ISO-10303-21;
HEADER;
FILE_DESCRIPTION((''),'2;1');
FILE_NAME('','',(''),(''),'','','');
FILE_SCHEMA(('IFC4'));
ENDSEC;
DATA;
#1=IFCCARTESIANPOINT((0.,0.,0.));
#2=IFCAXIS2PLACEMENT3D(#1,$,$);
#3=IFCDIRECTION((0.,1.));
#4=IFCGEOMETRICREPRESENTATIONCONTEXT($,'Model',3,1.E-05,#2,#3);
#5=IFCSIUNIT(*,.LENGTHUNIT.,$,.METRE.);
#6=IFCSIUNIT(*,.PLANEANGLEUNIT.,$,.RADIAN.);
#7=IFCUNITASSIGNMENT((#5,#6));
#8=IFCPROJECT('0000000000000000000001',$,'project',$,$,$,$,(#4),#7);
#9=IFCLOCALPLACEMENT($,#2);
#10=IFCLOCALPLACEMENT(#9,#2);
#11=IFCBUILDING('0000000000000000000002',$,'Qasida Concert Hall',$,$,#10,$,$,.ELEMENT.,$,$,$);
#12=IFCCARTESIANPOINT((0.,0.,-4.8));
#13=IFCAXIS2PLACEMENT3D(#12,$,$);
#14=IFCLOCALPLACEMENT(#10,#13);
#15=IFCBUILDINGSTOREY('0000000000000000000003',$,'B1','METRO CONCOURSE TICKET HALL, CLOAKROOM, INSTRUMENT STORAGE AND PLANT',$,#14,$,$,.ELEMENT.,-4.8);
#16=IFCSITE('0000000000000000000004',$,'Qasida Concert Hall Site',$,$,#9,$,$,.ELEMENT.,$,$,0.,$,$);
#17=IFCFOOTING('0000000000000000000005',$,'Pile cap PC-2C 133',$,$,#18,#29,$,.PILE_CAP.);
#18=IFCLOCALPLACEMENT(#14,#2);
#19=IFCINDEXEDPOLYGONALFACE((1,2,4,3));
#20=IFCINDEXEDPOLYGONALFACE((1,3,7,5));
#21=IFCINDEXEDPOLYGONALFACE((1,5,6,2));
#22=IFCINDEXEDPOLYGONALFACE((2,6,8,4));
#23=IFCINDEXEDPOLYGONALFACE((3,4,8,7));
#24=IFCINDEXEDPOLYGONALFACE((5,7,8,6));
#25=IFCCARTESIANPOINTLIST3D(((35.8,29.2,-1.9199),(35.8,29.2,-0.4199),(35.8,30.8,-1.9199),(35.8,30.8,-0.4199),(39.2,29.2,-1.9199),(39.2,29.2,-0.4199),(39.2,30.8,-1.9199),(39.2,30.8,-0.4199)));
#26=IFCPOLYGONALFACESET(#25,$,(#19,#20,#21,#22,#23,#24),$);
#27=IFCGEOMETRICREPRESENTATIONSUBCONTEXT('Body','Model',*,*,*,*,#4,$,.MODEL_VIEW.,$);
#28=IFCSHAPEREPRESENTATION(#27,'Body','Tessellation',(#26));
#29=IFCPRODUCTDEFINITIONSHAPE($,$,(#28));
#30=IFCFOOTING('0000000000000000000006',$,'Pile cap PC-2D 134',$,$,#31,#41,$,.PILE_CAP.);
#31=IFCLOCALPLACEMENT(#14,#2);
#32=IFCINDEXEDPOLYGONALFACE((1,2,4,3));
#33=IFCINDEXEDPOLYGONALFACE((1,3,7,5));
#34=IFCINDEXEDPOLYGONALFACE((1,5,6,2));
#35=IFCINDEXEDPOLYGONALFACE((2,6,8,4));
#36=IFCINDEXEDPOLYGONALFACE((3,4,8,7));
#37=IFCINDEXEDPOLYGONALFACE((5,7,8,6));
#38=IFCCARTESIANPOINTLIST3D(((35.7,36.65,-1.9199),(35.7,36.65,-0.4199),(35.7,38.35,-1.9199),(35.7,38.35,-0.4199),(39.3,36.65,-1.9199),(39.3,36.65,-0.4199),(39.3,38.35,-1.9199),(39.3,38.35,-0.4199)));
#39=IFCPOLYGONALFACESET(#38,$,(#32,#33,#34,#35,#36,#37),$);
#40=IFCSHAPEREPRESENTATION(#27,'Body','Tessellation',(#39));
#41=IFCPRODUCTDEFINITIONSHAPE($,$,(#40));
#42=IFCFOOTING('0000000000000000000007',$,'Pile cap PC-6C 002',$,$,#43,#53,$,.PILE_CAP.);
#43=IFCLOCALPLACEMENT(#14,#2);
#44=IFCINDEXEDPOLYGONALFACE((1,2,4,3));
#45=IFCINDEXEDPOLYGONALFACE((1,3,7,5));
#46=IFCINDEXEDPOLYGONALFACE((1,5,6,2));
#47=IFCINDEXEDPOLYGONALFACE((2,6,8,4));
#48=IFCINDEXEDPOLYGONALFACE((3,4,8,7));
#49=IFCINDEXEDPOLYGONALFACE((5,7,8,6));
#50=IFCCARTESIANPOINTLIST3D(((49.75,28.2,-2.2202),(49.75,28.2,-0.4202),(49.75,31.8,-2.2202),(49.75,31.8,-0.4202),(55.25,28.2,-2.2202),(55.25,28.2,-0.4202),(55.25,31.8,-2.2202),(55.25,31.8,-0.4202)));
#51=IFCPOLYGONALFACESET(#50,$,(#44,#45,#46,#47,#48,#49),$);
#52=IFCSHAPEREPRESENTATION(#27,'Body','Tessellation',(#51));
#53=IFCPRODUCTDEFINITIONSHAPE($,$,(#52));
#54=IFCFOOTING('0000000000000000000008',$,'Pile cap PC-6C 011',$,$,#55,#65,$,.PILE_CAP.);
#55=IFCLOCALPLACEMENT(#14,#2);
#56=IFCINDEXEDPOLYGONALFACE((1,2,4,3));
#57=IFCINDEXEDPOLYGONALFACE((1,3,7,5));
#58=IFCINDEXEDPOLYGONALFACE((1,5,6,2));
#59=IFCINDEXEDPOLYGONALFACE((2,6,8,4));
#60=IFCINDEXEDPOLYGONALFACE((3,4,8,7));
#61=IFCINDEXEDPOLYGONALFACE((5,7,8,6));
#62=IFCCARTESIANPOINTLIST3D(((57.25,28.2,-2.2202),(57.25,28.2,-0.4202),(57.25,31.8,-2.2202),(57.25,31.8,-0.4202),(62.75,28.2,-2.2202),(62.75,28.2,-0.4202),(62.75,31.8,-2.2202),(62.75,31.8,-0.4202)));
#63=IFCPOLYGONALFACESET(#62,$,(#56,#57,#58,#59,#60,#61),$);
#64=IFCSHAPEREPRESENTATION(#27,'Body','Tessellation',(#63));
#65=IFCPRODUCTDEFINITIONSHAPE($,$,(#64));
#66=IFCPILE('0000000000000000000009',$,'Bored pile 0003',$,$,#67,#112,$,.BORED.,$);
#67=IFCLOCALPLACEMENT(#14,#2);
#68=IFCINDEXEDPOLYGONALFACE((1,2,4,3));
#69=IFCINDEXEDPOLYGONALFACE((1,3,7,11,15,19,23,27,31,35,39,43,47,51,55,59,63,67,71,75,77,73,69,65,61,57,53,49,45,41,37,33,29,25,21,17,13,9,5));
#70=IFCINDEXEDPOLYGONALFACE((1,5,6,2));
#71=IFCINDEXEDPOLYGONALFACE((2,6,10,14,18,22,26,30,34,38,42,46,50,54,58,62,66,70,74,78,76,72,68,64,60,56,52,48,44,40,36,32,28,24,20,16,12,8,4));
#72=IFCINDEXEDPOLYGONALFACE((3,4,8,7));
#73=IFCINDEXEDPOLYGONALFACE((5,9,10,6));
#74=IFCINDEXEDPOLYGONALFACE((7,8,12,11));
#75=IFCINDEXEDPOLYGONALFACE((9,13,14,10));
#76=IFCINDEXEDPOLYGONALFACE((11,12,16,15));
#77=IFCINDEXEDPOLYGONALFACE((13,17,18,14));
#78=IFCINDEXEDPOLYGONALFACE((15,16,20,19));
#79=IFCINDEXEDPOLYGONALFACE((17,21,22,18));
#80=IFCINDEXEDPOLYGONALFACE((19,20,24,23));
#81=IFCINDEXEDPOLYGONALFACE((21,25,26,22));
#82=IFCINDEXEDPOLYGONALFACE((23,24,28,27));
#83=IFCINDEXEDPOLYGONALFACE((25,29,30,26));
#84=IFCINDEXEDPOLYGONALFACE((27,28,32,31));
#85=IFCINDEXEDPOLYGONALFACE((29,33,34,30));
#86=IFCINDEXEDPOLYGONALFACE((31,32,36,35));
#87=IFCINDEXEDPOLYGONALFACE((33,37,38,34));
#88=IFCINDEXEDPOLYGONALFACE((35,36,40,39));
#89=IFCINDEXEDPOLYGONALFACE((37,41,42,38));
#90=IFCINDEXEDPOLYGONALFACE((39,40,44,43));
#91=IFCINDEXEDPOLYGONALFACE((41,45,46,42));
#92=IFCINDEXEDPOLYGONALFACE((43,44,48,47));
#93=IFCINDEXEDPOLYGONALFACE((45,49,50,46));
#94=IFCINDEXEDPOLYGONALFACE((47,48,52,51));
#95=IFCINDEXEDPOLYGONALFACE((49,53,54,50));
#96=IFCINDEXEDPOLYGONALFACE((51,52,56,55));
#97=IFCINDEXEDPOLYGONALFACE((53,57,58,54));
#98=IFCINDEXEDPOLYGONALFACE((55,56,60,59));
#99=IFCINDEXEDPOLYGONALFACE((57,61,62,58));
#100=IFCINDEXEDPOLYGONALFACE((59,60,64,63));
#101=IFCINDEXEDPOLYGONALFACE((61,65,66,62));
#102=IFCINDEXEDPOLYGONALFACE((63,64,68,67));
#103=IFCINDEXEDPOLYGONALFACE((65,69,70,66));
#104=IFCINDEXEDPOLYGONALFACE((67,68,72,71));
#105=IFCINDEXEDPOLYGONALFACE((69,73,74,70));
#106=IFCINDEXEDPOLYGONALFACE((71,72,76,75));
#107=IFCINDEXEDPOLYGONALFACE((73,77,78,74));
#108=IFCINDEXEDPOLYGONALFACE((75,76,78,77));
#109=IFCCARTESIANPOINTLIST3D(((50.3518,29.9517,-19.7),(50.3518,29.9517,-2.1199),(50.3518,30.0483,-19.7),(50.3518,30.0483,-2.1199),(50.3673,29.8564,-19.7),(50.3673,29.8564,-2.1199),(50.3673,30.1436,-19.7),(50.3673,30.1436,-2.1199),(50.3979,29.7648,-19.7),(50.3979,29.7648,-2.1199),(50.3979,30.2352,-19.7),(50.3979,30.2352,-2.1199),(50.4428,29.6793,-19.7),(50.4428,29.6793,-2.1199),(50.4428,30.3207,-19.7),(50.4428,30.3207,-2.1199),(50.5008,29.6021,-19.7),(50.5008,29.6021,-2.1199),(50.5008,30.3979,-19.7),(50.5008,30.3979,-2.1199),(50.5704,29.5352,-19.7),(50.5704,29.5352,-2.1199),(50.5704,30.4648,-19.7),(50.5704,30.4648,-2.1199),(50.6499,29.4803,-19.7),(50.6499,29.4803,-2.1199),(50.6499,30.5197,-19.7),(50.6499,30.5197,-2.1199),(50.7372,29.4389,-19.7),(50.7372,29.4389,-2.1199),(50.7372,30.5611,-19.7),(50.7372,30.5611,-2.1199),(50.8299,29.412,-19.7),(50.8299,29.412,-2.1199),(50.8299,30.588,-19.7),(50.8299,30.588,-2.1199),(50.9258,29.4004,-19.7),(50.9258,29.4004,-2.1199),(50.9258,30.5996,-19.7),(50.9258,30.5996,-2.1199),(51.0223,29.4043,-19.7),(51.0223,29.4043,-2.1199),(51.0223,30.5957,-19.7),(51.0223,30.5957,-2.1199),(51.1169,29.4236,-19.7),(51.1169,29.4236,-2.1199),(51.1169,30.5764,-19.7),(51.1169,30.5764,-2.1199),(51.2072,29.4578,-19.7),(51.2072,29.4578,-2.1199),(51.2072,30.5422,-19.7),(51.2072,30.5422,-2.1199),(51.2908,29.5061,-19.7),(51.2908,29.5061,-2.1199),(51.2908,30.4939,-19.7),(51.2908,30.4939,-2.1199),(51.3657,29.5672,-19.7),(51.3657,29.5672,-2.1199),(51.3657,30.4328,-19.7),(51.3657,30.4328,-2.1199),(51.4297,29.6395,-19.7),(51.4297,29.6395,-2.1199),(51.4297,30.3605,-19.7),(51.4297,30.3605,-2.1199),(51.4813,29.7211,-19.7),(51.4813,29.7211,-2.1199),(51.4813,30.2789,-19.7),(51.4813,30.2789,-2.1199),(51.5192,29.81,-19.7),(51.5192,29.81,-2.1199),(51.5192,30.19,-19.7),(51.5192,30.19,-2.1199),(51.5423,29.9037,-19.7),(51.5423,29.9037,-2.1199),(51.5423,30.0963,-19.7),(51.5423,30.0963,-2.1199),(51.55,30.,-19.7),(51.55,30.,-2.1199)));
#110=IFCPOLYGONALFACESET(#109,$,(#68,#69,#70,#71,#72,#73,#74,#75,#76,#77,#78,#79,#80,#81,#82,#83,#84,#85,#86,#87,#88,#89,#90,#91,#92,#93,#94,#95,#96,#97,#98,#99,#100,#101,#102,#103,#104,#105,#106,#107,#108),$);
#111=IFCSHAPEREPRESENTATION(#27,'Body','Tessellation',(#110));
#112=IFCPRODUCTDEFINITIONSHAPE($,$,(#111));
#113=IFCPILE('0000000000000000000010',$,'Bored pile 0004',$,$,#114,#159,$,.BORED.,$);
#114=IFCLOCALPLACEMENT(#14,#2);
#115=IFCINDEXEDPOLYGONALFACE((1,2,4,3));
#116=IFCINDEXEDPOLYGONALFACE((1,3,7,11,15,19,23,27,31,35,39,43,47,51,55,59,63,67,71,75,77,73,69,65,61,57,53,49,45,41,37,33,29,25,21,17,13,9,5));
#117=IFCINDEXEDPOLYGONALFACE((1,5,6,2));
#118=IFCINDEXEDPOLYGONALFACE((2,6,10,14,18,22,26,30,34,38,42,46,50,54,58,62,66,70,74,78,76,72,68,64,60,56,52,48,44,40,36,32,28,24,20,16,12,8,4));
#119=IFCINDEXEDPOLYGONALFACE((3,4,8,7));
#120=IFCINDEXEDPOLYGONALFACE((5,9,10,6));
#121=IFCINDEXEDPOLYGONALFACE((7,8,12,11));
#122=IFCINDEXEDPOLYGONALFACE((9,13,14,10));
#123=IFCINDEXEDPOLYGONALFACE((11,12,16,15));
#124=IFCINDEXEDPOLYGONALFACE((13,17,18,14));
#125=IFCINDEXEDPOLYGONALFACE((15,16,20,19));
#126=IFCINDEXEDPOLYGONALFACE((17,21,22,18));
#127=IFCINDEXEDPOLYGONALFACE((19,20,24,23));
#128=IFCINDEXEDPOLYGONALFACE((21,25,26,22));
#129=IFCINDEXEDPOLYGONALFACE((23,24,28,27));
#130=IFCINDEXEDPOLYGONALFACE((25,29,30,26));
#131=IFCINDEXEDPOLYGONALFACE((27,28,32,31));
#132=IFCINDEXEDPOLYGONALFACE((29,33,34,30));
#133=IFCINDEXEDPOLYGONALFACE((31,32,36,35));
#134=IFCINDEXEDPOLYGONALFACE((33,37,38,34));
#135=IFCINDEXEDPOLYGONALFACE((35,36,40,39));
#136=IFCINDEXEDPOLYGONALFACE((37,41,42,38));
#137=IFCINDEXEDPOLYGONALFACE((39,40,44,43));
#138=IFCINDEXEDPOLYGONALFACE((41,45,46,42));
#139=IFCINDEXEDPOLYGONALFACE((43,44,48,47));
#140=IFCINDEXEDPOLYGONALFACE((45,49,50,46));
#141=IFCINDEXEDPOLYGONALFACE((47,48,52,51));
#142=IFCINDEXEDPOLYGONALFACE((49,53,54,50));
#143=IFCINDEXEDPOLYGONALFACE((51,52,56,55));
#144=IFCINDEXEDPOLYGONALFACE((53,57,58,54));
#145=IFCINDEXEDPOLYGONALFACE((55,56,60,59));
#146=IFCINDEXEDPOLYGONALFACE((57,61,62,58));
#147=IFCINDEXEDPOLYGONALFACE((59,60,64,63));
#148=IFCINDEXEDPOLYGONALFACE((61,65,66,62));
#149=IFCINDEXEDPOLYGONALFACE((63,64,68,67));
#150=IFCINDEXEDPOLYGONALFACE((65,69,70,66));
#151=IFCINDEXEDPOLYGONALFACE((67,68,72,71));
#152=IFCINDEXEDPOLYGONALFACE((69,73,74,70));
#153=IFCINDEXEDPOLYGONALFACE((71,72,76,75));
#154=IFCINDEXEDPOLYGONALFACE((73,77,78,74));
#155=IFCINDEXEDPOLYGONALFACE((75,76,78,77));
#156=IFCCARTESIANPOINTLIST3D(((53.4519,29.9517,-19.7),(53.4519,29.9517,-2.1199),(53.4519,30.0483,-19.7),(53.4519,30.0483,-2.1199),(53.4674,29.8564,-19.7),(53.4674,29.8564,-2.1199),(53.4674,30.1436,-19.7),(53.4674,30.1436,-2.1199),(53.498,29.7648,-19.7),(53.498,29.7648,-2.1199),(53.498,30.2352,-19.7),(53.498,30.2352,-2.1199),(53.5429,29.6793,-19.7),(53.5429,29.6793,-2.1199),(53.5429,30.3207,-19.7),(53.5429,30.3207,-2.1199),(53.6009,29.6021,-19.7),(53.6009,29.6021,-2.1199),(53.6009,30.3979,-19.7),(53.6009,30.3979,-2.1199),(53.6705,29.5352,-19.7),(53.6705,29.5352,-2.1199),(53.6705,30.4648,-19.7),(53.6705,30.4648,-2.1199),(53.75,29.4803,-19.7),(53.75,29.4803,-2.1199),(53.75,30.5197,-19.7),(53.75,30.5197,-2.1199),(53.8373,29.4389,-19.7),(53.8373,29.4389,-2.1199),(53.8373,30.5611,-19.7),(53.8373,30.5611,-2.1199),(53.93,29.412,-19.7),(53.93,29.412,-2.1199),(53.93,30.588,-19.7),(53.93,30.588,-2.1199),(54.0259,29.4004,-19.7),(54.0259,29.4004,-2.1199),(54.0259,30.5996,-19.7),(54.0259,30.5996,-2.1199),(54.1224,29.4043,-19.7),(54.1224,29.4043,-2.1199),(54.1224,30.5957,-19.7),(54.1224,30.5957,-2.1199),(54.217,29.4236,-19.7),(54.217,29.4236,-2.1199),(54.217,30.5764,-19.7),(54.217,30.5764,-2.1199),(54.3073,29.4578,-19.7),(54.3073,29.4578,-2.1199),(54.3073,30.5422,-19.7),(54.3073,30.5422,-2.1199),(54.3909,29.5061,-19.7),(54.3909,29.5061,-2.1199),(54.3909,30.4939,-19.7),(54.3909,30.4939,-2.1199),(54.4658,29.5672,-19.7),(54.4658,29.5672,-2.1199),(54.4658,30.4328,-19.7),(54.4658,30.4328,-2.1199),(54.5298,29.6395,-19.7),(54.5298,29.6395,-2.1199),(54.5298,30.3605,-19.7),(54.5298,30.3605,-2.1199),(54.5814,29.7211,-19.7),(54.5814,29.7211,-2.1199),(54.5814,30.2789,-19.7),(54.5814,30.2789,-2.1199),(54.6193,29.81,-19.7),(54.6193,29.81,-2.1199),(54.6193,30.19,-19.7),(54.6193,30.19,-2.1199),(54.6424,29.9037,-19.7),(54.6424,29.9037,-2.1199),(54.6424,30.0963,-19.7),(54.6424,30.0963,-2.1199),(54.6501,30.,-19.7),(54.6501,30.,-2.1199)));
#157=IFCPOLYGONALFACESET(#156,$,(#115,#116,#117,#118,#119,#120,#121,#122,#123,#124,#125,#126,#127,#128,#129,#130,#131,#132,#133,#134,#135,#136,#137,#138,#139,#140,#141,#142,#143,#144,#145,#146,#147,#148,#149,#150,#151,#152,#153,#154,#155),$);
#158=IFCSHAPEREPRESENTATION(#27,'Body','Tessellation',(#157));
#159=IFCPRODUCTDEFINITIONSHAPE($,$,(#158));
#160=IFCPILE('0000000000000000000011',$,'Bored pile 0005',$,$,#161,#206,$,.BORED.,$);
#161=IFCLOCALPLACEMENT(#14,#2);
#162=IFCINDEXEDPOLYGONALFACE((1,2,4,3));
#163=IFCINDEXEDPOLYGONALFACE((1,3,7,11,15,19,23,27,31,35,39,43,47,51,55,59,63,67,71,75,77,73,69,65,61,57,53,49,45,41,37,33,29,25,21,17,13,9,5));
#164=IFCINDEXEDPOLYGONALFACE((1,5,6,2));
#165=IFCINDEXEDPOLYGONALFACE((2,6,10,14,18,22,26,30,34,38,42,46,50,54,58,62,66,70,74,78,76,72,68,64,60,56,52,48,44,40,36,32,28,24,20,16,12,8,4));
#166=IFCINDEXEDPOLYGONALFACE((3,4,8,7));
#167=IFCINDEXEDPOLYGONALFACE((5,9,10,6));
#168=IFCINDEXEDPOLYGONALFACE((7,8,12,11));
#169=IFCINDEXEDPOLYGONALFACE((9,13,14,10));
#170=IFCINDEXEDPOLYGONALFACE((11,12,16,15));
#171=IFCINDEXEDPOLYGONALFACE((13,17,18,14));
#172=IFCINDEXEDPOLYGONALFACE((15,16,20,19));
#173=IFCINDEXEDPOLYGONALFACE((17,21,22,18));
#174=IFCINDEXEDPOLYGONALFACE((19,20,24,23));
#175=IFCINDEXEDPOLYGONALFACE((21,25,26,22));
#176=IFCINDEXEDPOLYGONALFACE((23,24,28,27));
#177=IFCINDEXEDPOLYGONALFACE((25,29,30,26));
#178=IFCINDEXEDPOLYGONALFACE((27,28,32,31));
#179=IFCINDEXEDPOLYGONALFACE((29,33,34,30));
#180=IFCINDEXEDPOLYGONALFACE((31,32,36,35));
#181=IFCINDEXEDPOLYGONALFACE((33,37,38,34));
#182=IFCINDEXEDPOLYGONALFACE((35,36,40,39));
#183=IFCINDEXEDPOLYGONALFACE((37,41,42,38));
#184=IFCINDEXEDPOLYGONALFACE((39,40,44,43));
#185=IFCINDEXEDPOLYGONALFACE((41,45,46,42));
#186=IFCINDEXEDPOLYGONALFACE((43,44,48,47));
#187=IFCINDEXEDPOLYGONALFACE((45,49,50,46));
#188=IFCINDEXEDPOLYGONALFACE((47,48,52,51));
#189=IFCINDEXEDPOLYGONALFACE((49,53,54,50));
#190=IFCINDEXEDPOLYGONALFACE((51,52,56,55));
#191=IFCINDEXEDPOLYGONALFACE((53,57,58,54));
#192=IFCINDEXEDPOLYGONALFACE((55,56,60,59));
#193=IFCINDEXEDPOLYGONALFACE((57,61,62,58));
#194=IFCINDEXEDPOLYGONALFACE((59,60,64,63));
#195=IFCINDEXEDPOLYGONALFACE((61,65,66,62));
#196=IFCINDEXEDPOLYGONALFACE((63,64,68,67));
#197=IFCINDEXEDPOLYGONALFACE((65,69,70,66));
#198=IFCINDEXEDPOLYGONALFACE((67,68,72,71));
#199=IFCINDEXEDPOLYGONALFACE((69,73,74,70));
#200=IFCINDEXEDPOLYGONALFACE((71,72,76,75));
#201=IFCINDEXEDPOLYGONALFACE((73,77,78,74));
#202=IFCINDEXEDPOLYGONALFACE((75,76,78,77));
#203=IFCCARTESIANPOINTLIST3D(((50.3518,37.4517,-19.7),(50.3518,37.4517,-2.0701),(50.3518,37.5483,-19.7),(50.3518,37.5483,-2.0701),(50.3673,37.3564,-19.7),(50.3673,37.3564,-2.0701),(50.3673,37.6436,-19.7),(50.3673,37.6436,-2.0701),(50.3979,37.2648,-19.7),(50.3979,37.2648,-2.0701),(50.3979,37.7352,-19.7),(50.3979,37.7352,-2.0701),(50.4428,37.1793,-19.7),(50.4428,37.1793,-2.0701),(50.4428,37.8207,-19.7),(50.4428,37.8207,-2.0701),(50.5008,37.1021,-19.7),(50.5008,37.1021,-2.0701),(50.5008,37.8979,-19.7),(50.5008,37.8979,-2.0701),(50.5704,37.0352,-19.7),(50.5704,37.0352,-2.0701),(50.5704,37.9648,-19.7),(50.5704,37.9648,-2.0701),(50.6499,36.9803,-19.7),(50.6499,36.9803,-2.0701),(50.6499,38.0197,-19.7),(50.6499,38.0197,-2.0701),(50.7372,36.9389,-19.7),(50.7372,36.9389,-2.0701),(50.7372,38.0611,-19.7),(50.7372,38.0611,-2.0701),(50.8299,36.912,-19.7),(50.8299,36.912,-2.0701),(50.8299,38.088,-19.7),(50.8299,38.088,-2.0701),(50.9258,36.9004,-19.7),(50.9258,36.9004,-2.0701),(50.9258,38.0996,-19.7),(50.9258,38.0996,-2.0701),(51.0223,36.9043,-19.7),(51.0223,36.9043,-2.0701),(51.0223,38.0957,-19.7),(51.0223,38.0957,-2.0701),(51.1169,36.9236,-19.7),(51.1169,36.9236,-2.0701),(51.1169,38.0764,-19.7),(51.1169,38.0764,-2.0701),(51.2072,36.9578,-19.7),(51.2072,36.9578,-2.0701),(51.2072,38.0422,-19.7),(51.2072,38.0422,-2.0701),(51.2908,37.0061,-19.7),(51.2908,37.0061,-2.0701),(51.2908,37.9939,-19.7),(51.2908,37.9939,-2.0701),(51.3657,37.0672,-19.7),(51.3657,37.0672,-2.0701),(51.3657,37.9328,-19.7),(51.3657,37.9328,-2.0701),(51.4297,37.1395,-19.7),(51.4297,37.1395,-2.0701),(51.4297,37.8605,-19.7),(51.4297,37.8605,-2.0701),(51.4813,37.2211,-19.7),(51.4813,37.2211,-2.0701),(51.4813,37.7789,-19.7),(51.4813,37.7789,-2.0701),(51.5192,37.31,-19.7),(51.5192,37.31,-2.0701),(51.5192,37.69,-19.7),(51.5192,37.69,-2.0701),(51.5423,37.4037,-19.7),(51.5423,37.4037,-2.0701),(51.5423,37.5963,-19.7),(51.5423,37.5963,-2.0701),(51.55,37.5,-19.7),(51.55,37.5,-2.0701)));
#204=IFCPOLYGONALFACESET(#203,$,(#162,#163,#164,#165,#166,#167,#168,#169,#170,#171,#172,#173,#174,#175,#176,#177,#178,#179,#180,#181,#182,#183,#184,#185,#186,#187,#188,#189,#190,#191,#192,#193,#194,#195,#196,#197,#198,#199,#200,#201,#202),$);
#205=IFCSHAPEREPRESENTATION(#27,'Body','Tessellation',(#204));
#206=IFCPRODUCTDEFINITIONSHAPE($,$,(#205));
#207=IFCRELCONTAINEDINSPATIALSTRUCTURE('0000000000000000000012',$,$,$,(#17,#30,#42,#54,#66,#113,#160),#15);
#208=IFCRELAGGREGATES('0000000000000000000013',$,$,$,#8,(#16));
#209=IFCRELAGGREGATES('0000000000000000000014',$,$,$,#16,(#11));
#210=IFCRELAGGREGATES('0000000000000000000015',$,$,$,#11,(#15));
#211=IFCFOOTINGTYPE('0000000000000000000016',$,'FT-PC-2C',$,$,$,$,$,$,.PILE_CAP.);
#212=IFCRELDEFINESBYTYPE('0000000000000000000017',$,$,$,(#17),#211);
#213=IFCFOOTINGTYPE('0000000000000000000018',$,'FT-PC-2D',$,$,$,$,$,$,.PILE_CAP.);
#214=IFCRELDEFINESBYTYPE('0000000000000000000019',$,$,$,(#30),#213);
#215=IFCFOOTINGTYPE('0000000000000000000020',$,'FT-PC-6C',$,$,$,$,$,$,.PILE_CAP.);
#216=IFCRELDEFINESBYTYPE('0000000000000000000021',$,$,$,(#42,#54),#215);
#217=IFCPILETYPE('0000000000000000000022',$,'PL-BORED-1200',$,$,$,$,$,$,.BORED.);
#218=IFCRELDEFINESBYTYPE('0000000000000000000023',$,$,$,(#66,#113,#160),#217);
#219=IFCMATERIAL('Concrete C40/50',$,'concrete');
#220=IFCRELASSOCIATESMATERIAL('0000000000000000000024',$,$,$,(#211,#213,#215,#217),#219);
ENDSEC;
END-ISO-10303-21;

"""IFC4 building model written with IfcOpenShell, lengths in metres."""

from ifc_helpers import new_model, si_unit, direction, frame, origin, origin_2d, place, context, subcontext, project, spatial, rectangle, circle, extrude, material, material_profile, profile_set, type_object, element, save


model = new_model("IFC4")

# Units and contexts
model_context = context("Model", 3, precision=1e-05, world=origin(), true_north=direction((0.0, 1.0)))
body_context = subcontext(model_context, "Body", "Model", "MODEL_VIEW")
ifc_project = project(units=[si_unit("LENGTHUNIT", "METRE"), si_unit("PLANEANGLEUNIT", "RADIAN")], contexts=[model_context])

# Site, building, storey
site_placement = place(None, origin())
site = spatial("IfcSite", under=ifc_project, at=site_placement, Name="Qasida Concert Hall Site", CompositionType="ELEMENT", RefElevation=0.0)
building_placement = place(site_placement, origin())
building = spatial("IfcBuilding", under=site, at=building_placement, Name="Qasida Concert Hall", CompositionType="ELEMENT")
storey_placement = place(building_placement, frame((0.0, 0.0, -4.8)))
storey = spatial("IfcBuildingStorey", under=building, at=storey_placement, Name="B1", Description="METRO CONCOURSE TICKET HALL, CLOAKROOM, INSTRUMENT STORAGE AND PLANT", CompositionType="ELEMENT", Elevation=-4.8)

# Footings
ifc_material_1 = material(Name="Concrete C40/50", Category="concrete")
footing_type_1 = type_object("IfcFootingType", Name="FT-PC-2C", PredefinedType="PILE_CAP", material=ifc_material_1)
footing_1_placement = place(storey_placement, frame((37.5, 30.0, -1.9199), z_axis=(0.0, 0.0, 1.0), x_axis=(1.0, 0.0, 0.0)))
element("IfcFooting", 1, at=footing_1_placement, inside=storey, type_object=footing_type_1, Name="Pile cap PC-2C 133", PredefinedType="PILE_CAP", context=body_context, shape_type="SweptSolid", body=[
    extrude(rectangle(XDim=3.3999, YDim=1.6001, at=origin_2d()), origin(), (0.0, 0.0, 1.0), 1.5),
])
footing_type_2 = type_object("IfcFootingType", Name="FT-PC-2D", PredefinedType="PILE_CAP", material=ifc_material_1)
footing_2_placement = place(storey_placement, frame((37.5, 37.5, -1.9199), z_axis=(0.0, 0.0, 1.0), x_axis=(1.0, 0.0, 0.0)))
element("IfcFooting", 2, at=footing_2_placement, inside=storey, type_object=footing_type_2, Name="Pile cap PC-2D 134", PredefinedType="PILE_CAP", context=body_context, shape_type="SweptSolid", body=[
    extrude(rectangle(XDim=3.6001, YDim=1.7, at=origin_2d()), origin(), (0.0, 0.0, 1.0), 1.5),
])
footing_type_3 = type_object("IfcFootingType", Name="FT-PC-6C", PredefinedType="PILE_CAP", material=ifc_material_1)
for number, where, z_axis, x_axis, name in (
    (3, (52.5, 30.0, -2.2202), (0.0, 0.0, 1.0), (1.0, 0.0, 0.0), "Pile cap PC-6C 002"),
    (4, (60.0, 30.0, -2.2202), (0.0, 0.0, 1.0), (1.0, 0.0, 0.0), "Pile cap PC-6C 011"),
):
    element("IfcFooting", number, at=place(storey_placement, frame(where, z_axis=z_axis, x_axis=x_axis)), inside=storey, type_object=footing_type_3, Name=name, PredefinedType="PILE_CAP", context=body_context, shape_type="SweptSolid", body=[
        extrude(rectangle(XDim=5.5, YDim=3.6001, at=origin_2d()), origin(), (0.0, 0.0, 1.0), 1.8),
    ])

# Piles
ifc_material_profile_1 = material_profile(ifc_material_1, circle(Radius=0.6001, at=origin_2d()), Name="BORED PILE D1200")
ifc_profile_set_1 = profile_set([ifc_material_profile_1], Name="Concrete C40/50")
pile_type_1 = type_object("IfcPileType", Name="PL-BORED-1200", PredefinedType="BORED", material=ifc_profile_set_1)
for number, where, z_axis, x_axis, name in (
    (5, (50.95, 30.0, -2.1199), (0.0, 0.0, -1.0), (1.0, 0.0, 0.0), "Bored pile 0003"),
    (6, (54.05, 30.0, -2.1199), (0.0, 0.0, -1.0), (1.0, 0.0, 0.0), "Bored pile 0004"),
):
    element("IfcPile", number, at=place(storey_placement, frame(where, z_axis=z_axis, x_axis=x_axis)), inside=storey, type_object=pile_type_1, Name=name, PredefinedType="BORED", context=body_context, shape_type="SweptSolid", body=[
        extrude(circle(Radius=0.6001, at=origin_2d()), origin(), (0.0, 0.0, 1.0), 17.5801),
    ])
pile_1_placement = place(storey_placement, frame((50.95, 37.5, -2.0701), z_axis=(0.0, 0.0, -1.0), x_axis=(1.0, 0.0, 0.0)))
element("IfcPile", 7, at=pile_1_placement, inside=storey, type_object=pile_type_1, Name="Bored pile 0005", PredefinedType="BORED", context=body_context, shape_type="SweptSolid", body=[
    extrude(circle(Radius=0.6001, at=origin_2d()), origin(), (0.0, 0.0, 1.0), 17.6299),
])

save(model, "model.ifc")
